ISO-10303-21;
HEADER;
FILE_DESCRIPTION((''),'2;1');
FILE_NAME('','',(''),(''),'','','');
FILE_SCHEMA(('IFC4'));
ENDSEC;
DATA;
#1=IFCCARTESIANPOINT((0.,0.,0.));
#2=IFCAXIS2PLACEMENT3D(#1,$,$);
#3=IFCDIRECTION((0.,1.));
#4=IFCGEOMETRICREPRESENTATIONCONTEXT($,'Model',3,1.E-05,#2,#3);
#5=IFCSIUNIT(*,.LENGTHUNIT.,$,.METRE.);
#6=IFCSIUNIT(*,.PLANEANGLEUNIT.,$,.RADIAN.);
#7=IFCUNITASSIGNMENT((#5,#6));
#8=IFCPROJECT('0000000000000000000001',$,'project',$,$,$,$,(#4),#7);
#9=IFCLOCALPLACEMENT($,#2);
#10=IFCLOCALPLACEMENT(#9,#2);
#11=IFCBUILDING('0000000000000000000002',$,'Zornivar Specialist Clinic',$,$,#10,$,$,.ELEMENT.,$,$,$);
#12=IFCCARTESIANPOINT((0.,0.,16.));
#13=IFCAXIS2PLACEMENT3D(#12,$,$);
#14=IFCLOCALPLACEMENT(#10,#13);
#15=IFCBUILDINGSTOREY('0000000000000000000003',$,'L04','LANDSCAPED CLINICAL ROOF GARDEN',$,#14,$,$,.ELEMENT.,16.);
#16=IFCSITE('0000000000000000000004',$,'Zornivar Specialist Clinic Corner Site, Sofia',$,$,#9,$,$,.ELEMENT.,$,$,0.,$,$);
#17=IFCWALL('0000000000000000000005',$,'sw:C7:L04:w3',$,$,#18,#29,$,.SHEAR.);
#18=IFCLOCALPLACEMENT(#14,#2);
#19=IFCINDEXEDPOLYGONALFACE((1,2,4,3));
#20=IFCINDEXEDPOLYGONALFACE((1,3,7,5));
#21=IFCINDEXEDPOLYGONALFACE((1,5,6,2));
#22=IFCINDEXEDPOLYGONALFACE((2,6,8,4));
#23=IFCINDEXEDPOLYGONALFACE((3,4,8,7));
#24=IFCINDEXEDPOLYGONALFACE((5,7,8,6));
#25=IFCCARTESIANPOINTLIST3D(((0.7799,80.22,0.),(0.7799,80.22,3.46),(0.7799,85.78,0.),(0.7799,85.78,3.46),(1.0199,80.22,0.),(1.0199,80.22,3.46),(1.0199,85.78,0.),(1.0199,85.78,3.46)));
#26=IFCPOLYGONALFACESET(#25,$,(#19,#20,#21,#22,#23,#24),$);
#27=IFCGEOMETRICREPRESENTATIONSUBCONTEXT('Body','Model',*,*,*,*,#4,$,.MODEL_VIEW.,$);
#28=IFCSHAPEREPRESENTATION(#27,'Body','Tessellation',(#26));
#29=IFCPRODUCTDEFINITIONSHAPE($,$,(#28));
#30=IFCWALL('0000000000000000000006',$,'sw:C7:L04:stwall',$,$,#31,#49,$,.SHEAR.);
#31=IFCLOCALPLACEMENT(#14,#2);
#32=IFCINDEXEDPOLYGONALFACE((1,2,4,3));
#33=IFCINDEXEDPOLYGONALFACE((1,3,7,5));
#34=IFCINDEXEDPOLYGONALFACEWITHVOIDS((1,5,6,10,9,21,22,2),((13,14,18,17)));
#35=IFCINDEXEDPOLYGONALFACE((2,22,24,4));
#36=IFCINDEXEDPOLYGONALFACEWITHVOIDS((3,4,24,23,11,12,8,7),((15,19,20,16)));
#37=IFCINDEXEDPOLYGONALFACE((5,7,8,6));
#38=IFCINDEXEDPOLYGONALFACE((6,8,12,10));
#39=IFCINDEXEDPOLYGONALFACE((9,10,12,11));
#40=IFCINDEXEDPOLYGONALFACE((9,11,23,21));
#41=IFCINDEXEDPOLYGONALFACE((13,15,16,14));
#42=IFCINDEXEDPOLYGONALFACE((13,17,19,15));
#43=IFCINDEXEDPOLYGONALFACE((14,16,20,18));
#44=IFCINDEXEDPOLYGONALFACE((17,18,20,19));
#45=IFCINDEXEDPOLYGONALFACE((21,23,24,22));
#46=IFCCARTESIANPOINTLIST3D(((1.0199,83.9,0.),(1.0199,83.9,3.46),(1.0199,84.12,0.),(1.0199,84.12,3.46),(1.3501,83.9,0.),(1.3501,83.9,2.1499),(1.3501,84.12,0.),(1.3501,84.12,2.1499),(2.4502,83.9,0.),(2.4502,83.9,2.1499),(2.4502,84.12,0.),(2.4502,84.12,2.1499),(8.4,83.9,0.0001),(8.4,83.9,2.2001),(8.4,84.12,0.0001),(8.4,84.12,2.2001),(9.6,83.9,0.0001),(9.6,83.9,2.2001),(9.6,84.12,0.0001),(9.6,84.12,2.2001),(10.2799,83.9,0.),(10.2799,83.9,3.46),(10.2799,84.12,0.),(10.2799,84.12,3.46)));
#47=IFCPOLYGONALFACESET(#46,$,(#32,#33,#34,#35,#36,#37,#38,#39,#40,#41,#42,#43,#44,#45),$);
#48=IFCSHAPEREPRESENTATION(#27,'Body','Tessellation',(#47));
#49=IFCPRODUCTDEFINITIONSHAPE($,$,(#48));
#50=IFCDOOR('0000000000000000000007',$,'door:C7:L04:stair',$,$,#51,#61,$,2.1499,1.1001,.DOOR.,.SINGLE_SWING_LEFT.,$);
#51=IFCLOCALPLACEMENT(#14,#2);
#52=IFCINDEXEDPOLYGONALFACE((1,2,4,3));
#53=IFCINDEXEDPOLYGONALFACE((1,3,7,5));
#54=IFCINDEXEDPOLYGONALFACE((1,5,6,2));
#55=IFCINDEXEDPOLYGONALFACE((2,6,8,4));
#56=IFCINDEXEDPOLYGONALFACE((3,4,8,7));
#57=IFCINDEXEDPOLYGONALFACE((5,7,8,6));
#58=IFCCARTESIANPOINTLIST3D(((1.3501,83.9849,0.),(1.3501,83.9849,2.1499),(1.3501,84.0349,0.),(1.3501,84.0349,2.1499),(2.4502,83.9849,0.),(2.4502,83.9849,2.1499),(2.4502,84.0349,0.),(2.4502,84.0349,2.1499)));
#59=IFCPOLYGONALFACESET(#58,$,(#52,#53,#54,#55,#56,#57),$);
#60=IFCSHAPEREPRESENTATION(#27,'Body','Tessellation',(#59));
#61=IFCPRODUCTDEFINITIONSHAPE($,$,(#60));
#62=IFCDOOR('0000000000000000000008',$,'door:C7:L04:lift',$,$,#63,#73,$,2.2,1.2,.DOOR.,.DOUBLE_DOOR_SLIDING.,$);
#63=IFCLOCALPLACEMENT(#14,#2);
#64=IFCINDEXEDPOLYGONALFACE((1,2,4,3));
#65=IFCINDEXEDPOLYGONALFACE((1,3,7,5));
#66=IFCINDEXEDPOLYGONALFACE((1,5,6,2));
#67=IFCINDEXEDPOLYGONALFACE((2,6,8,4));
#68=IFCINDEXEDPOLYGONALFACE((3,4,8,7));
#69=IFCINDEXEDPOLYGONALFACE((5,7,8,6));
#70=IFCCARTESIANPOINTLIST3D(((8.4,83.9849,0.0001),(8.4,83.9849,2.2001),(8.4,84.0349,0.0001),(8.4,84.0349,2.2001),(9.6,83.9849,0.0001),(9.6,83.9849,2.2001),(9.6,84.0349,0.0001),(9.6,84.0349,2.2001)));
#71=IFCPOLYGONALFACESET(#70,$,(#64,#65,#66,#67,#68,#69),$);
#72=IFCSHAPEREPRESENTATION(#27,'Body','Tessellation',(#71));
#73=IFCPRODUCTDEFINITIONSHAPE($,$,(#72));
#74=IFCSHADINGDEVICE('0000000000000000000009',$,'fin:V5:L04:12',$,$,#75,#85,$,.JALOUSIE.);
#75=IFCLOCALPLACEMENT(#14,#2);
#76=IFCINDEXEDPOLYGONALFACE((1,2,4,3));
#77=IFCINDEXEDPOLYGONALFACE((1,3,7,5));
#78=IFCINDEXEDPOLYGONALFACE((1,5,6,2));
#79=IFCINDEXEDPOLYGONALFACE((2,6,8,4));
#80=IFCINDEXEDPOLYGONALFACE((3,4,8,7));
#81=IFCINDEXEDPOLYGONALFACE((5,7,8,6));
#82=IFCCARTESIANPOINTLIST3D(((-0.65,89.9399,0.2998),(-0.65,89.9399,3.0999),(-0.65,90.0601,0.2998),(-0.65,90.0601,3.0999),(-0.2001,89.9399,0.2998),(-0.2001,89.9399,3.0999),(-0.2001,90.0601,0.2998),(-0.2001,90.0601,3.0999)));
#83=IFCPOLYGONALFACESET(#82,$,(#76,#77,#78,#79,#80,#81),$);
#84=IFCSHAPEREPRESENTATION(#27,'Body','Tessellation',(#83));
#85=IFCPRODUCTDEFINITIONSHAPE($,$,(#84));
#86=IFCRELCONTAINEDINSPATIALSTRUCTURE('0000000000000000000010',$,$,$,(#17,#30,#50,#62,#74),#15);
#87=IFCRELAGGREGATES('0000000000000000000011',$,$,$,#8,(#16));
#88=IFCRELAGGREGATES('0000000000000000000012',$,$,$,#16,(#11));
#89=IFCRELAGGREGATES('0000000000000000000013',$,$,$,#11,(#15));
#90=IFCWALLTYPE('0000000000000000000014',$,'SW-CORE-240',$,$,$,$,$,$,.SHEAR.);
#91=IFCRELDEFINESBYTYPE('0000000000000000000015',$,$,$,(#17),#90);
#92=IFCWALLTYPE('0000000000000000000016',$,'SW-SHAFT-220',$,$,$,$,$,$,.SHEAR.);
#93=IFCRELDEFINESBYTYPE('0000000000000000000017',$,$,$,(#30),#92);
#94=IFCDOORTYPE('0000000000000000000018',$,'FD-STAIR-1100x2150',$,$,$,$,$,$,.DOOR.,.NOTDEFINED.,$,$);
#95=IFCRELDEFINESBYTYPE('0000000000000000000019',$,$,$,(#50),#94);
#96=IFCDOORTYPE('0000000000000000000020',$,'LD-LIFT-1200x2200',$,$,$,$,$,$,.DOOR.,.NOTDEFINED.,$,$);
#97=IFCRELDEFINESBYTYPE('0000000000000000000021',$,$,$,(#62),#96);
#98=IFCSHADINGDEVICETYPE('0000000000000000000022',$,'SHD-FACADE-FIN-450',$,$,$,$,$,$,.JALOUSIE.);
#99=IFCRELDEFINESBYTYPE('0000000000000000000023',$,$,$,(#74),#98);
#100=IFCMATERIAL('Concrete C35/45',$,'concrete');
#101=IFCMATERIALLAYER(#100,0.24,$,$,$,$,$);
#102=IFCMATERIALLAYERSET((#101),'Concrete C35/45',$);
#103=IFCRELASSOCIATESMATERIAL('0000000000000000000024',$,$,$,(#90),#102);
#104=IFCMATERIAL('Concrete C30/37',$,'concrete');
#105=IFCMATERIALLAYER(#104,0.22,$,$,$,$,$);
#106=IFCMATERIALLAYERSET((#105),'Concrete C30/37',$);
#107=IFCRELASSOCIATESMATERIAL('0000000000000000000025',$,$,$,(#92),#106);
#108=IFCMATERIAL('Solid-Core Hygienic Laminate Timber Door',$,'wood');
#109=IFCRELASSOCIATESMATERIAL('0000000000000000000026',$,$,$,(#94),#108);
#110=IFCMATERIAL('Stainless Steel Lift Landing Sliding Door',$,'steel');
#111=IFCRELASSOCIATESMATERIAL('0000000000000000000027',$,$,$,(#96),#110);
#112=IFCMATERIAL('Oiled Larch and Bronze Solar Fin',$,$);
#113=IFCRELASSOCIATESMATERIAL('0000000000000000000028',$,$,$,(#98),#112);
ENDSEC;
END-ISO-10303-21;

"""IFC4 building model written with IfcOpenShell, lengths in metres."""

from ifc_helpers import new_model, si_unit, direction, frame, frame_2d, origin, origin_2d, place, context, subcontext, project, spatial, rectangle, extrude, material, layer, layer_set, type_object, element, fill, save


model = new_model("IFC4")

# Units and contexts
model_context = context("Model", 3, precision=1e-05, world=origin(), true_north=direction((0.0, 1.0)))
body_context = subcontext(model_context, "Body", "Model", "MODEL_VIEW")
ifc_project = project(units=[si_unit("LENGTHUNIT", "METRE"), si_unit("PLANEANGLEUNIT", "RADIAN")], contexts=[model_context])

# Site, building, storey
site_placement = place(None, origin())
site = spatial("IfcSite", under=ifc_project, at=site_placement, Name="Zornivar Specialist Clinic Corner Site, Sofia", CompositionType="ELEMENT", RefElevation=0.0)
building_placement = place(site_placement, origin())
building = spatial("IfcBuilding", under=site, at=building_placement, Name="Zornivar Specialist Clinic", CompositionType="ELEMENT")
storey_placement = place(building_placement, frame((0.0, 0.0, 16.0)))
storey = spatial("IfcBuildingStorey", under=building, at=storey_placement, Name="L04", Description="LANDSCAPED CLINICAL ROOF GARDEN", CompositionType="ELEMENT", Elevation=16.0)

# Wall
ifc_material_1 = material(Name="Concrete C35/45", Category="concrete")
ifc_layer_1 = layer(ifc_material_1, 0.24)
ifc_layer_set_1 = layer_set([ifc_layer_1], Name="Concrete C35/45")
wall_type_1 = type_object("IfcWallType", Name="SW-CORE-240", PredefinedType="SHEAR", material=ifc_layer_set_1)
wall_1_placement = place(storey_placement, frame((0.8999, 85.78, 0.0), z_axis=(0.0, 0.0, 1.0), x_axis=(0.0, -1.0, 0.0)))
element("IfcWall", 1, at=wall_1_placement, inside=storey, type_object=wall_type_1, Name="sw:C7:L04:w3", PredefinedType="SHEAR", context=body_context, shape_type="SweptSolid", body=[
    extrude(rectangle(XDim=5.5601, YDim=0.24, at=frame_2d((2.78, 0.0))), origin(), (0.0, 0.0, 1.0), 3.46),
])

# Wall, openings, doors
ifc_material_2 = material(Name="Concrete C30/37", Category="concrete")
ifc_layer_2 = layer(ifc_material_2, 0.22)
ifc_layer_set_2 = layer_set([ifc_layer_2], Name="Concrete C30/37")
wall_type_2 = type_object("IfcWallType", Name="SW-SHAFT-220", PredefinedType="SHEAR", material=ifc_layer_set_2)
wall_2_placement = place(storey_placement, frame((1.02, 84.01, 0.0), z_axis=(0.0, 0.0, 1.0), x_axis=(1.0, 0.0, 0.0)))
wall_2 = element("IfcWall", 2, at=wall_2_placement, inside=storey, type_object=wall_type_2, Name="sw:C7:L04:stwall", PredefinedType="SHEAR", context=body_context, shape_type="SweptSolid", body=[
    extrude(rectangle(XDim=9.26, YDim=0.22, at=frame_2d((4.6299, 0.0))), origin(), (0.0, 0.0, 1.0), 3.46),
])
opening_1_placement = place(wall_2_placement, frame((0.3301, 0.0, 0.0)))
opening_1 = element("IfcOpeningElement", 3, at=opening_1_placement, cuts=wall_2, PredefinedType="OPENING", context=body_context, shape_type="SweptSolid", body=[
    extrude(rectangle(XDim=1.1001, YDim=2.1499, at=frame_2d((0.55, 1.075))), frame((0.0, 0.1199, 0.0), z_axis=(0.0, -1.0, 0.0), x_axis=(1.0, 0.0, 0.0)), (0.0, 0.0, 1.0), 0.24),
])
opening_2_placement = place(wall_2_placement, frame((7.3799, 0.0, 0.0)))
opening_2 = element("IfcOpeningElement", 4, at=opening_2_placement, cuts=wall_2, PredefinedType="OPENING", context=body_context, shape_type="SweptSolid", body=[
    extrude(rectangle(XDim=1.2, YDim=2.2, at=frame_2d((0.6001, 1.1001))), frame((0.0, 0.1199, 0.0), z_axis=(0.0, -1.0, 0.0), x_axis=(1.0, 0.0, 0.0)), (0.0, 0.0, 1.0), 0.24),
])
ifc_material_3 = material(Name="Solid-Core Hygienic Laminate Timber Door", Category="wood")
door_type_1 = type_object("IfcDoorType", Name="FD-STAIR-1100x2150", OperationType="NOTDEFINED", PredefinedType="DOOR", material=ifc_material_3)
door_1_placement = place(opening_1_placement, origin())
door_1 = element("IfcDoor", 5, at=door_1_placement, inside=storey, type_object=door_type_1, Name="door:C7:L04:stair", OperationType="SINGLE_SWING_LEFT", OverallHeight=2.1499, OverallWidth=1.1001, PredefinedType="DOOR", context=body_context, shape_type="SweptSolid", body=[
    extrude(rectangle(XDim=1.1001, YDim=2.1499, at=frame_2d((0.55, 1.075))), frame((0.0, 0.0249, 0.0), z_axis=(0.0, -1.0, 0.0), x_axis=(1.0, 0.0, 0.0)), (0.0, 0.0, 1.0), 0.05),
])
fill(opening_1, door_1)
ifc_material_4 = material(Name="Stainless Steel Lift Landing Sliding Door", Category="steel")
door_type_2 = type_object("IfcDoorType", Name="LD-LIFT-1200x2200", OperationType="NOTDEFINED", PredefinedType="DOOR", material=ifc_material_4)
door_2_placement = place(opening_2_placement, origin())
door_2 = element("IfcDoor", 6, at=door_2_placement, inside=storey, type_object=door_type_2, Name="door:C7:L04:lift", OperationType="DOUBLE_DOOR_SLIDING", OverallHeight=2.2, OverallWidth=1.2, PredefinedType="DOOR", context=body_context, shape_type="SweptSolid", body=[
    extrude(rectangle(XDim=1.2, YDim=2.2, at=frame_2d((0.6001, 1.1001))), frame((0.0, 0.0249, 0.0), z_axis=(0.0, -1.0, 0.0), x_axis=(1.0, 0.0, 0.0)), (0.0, 0.0, 1.0), 0.05),
])
fill(opening_2, door_2)

# Shading device
ifc_material_5 = material(Name="Oiled Larch and Bronze Solar Fin")
shading_device_type = type_object("IfcShadingDeviceType", Name="SHD-FACADE-FIN-450", PredefinedType="JALOUSIE", material=ifc_material_5)
shading_device_placement = place(storey_placement, frame((-0.425, 90.0, 0.2998), z_axis=(0.0, 0.0, 1.0), x_axis=(0.0, -1.0, 0.0)))
element("IfcShadingDevice", 7, at=shading_device_placement, inside=storey, type_object=shading_device_type, Name="fin:V5:L04:12", PredefinedType="JALOUSIE", context=body_context, shape_type="SweptSolid", body=[
    extrude(rectangle(XDim=0.1201, YDim=0.45, at=origin_2d()), origin(), (0.0, 0.0, 1.0), 2.8),
])

save(model, "model.ifc")
